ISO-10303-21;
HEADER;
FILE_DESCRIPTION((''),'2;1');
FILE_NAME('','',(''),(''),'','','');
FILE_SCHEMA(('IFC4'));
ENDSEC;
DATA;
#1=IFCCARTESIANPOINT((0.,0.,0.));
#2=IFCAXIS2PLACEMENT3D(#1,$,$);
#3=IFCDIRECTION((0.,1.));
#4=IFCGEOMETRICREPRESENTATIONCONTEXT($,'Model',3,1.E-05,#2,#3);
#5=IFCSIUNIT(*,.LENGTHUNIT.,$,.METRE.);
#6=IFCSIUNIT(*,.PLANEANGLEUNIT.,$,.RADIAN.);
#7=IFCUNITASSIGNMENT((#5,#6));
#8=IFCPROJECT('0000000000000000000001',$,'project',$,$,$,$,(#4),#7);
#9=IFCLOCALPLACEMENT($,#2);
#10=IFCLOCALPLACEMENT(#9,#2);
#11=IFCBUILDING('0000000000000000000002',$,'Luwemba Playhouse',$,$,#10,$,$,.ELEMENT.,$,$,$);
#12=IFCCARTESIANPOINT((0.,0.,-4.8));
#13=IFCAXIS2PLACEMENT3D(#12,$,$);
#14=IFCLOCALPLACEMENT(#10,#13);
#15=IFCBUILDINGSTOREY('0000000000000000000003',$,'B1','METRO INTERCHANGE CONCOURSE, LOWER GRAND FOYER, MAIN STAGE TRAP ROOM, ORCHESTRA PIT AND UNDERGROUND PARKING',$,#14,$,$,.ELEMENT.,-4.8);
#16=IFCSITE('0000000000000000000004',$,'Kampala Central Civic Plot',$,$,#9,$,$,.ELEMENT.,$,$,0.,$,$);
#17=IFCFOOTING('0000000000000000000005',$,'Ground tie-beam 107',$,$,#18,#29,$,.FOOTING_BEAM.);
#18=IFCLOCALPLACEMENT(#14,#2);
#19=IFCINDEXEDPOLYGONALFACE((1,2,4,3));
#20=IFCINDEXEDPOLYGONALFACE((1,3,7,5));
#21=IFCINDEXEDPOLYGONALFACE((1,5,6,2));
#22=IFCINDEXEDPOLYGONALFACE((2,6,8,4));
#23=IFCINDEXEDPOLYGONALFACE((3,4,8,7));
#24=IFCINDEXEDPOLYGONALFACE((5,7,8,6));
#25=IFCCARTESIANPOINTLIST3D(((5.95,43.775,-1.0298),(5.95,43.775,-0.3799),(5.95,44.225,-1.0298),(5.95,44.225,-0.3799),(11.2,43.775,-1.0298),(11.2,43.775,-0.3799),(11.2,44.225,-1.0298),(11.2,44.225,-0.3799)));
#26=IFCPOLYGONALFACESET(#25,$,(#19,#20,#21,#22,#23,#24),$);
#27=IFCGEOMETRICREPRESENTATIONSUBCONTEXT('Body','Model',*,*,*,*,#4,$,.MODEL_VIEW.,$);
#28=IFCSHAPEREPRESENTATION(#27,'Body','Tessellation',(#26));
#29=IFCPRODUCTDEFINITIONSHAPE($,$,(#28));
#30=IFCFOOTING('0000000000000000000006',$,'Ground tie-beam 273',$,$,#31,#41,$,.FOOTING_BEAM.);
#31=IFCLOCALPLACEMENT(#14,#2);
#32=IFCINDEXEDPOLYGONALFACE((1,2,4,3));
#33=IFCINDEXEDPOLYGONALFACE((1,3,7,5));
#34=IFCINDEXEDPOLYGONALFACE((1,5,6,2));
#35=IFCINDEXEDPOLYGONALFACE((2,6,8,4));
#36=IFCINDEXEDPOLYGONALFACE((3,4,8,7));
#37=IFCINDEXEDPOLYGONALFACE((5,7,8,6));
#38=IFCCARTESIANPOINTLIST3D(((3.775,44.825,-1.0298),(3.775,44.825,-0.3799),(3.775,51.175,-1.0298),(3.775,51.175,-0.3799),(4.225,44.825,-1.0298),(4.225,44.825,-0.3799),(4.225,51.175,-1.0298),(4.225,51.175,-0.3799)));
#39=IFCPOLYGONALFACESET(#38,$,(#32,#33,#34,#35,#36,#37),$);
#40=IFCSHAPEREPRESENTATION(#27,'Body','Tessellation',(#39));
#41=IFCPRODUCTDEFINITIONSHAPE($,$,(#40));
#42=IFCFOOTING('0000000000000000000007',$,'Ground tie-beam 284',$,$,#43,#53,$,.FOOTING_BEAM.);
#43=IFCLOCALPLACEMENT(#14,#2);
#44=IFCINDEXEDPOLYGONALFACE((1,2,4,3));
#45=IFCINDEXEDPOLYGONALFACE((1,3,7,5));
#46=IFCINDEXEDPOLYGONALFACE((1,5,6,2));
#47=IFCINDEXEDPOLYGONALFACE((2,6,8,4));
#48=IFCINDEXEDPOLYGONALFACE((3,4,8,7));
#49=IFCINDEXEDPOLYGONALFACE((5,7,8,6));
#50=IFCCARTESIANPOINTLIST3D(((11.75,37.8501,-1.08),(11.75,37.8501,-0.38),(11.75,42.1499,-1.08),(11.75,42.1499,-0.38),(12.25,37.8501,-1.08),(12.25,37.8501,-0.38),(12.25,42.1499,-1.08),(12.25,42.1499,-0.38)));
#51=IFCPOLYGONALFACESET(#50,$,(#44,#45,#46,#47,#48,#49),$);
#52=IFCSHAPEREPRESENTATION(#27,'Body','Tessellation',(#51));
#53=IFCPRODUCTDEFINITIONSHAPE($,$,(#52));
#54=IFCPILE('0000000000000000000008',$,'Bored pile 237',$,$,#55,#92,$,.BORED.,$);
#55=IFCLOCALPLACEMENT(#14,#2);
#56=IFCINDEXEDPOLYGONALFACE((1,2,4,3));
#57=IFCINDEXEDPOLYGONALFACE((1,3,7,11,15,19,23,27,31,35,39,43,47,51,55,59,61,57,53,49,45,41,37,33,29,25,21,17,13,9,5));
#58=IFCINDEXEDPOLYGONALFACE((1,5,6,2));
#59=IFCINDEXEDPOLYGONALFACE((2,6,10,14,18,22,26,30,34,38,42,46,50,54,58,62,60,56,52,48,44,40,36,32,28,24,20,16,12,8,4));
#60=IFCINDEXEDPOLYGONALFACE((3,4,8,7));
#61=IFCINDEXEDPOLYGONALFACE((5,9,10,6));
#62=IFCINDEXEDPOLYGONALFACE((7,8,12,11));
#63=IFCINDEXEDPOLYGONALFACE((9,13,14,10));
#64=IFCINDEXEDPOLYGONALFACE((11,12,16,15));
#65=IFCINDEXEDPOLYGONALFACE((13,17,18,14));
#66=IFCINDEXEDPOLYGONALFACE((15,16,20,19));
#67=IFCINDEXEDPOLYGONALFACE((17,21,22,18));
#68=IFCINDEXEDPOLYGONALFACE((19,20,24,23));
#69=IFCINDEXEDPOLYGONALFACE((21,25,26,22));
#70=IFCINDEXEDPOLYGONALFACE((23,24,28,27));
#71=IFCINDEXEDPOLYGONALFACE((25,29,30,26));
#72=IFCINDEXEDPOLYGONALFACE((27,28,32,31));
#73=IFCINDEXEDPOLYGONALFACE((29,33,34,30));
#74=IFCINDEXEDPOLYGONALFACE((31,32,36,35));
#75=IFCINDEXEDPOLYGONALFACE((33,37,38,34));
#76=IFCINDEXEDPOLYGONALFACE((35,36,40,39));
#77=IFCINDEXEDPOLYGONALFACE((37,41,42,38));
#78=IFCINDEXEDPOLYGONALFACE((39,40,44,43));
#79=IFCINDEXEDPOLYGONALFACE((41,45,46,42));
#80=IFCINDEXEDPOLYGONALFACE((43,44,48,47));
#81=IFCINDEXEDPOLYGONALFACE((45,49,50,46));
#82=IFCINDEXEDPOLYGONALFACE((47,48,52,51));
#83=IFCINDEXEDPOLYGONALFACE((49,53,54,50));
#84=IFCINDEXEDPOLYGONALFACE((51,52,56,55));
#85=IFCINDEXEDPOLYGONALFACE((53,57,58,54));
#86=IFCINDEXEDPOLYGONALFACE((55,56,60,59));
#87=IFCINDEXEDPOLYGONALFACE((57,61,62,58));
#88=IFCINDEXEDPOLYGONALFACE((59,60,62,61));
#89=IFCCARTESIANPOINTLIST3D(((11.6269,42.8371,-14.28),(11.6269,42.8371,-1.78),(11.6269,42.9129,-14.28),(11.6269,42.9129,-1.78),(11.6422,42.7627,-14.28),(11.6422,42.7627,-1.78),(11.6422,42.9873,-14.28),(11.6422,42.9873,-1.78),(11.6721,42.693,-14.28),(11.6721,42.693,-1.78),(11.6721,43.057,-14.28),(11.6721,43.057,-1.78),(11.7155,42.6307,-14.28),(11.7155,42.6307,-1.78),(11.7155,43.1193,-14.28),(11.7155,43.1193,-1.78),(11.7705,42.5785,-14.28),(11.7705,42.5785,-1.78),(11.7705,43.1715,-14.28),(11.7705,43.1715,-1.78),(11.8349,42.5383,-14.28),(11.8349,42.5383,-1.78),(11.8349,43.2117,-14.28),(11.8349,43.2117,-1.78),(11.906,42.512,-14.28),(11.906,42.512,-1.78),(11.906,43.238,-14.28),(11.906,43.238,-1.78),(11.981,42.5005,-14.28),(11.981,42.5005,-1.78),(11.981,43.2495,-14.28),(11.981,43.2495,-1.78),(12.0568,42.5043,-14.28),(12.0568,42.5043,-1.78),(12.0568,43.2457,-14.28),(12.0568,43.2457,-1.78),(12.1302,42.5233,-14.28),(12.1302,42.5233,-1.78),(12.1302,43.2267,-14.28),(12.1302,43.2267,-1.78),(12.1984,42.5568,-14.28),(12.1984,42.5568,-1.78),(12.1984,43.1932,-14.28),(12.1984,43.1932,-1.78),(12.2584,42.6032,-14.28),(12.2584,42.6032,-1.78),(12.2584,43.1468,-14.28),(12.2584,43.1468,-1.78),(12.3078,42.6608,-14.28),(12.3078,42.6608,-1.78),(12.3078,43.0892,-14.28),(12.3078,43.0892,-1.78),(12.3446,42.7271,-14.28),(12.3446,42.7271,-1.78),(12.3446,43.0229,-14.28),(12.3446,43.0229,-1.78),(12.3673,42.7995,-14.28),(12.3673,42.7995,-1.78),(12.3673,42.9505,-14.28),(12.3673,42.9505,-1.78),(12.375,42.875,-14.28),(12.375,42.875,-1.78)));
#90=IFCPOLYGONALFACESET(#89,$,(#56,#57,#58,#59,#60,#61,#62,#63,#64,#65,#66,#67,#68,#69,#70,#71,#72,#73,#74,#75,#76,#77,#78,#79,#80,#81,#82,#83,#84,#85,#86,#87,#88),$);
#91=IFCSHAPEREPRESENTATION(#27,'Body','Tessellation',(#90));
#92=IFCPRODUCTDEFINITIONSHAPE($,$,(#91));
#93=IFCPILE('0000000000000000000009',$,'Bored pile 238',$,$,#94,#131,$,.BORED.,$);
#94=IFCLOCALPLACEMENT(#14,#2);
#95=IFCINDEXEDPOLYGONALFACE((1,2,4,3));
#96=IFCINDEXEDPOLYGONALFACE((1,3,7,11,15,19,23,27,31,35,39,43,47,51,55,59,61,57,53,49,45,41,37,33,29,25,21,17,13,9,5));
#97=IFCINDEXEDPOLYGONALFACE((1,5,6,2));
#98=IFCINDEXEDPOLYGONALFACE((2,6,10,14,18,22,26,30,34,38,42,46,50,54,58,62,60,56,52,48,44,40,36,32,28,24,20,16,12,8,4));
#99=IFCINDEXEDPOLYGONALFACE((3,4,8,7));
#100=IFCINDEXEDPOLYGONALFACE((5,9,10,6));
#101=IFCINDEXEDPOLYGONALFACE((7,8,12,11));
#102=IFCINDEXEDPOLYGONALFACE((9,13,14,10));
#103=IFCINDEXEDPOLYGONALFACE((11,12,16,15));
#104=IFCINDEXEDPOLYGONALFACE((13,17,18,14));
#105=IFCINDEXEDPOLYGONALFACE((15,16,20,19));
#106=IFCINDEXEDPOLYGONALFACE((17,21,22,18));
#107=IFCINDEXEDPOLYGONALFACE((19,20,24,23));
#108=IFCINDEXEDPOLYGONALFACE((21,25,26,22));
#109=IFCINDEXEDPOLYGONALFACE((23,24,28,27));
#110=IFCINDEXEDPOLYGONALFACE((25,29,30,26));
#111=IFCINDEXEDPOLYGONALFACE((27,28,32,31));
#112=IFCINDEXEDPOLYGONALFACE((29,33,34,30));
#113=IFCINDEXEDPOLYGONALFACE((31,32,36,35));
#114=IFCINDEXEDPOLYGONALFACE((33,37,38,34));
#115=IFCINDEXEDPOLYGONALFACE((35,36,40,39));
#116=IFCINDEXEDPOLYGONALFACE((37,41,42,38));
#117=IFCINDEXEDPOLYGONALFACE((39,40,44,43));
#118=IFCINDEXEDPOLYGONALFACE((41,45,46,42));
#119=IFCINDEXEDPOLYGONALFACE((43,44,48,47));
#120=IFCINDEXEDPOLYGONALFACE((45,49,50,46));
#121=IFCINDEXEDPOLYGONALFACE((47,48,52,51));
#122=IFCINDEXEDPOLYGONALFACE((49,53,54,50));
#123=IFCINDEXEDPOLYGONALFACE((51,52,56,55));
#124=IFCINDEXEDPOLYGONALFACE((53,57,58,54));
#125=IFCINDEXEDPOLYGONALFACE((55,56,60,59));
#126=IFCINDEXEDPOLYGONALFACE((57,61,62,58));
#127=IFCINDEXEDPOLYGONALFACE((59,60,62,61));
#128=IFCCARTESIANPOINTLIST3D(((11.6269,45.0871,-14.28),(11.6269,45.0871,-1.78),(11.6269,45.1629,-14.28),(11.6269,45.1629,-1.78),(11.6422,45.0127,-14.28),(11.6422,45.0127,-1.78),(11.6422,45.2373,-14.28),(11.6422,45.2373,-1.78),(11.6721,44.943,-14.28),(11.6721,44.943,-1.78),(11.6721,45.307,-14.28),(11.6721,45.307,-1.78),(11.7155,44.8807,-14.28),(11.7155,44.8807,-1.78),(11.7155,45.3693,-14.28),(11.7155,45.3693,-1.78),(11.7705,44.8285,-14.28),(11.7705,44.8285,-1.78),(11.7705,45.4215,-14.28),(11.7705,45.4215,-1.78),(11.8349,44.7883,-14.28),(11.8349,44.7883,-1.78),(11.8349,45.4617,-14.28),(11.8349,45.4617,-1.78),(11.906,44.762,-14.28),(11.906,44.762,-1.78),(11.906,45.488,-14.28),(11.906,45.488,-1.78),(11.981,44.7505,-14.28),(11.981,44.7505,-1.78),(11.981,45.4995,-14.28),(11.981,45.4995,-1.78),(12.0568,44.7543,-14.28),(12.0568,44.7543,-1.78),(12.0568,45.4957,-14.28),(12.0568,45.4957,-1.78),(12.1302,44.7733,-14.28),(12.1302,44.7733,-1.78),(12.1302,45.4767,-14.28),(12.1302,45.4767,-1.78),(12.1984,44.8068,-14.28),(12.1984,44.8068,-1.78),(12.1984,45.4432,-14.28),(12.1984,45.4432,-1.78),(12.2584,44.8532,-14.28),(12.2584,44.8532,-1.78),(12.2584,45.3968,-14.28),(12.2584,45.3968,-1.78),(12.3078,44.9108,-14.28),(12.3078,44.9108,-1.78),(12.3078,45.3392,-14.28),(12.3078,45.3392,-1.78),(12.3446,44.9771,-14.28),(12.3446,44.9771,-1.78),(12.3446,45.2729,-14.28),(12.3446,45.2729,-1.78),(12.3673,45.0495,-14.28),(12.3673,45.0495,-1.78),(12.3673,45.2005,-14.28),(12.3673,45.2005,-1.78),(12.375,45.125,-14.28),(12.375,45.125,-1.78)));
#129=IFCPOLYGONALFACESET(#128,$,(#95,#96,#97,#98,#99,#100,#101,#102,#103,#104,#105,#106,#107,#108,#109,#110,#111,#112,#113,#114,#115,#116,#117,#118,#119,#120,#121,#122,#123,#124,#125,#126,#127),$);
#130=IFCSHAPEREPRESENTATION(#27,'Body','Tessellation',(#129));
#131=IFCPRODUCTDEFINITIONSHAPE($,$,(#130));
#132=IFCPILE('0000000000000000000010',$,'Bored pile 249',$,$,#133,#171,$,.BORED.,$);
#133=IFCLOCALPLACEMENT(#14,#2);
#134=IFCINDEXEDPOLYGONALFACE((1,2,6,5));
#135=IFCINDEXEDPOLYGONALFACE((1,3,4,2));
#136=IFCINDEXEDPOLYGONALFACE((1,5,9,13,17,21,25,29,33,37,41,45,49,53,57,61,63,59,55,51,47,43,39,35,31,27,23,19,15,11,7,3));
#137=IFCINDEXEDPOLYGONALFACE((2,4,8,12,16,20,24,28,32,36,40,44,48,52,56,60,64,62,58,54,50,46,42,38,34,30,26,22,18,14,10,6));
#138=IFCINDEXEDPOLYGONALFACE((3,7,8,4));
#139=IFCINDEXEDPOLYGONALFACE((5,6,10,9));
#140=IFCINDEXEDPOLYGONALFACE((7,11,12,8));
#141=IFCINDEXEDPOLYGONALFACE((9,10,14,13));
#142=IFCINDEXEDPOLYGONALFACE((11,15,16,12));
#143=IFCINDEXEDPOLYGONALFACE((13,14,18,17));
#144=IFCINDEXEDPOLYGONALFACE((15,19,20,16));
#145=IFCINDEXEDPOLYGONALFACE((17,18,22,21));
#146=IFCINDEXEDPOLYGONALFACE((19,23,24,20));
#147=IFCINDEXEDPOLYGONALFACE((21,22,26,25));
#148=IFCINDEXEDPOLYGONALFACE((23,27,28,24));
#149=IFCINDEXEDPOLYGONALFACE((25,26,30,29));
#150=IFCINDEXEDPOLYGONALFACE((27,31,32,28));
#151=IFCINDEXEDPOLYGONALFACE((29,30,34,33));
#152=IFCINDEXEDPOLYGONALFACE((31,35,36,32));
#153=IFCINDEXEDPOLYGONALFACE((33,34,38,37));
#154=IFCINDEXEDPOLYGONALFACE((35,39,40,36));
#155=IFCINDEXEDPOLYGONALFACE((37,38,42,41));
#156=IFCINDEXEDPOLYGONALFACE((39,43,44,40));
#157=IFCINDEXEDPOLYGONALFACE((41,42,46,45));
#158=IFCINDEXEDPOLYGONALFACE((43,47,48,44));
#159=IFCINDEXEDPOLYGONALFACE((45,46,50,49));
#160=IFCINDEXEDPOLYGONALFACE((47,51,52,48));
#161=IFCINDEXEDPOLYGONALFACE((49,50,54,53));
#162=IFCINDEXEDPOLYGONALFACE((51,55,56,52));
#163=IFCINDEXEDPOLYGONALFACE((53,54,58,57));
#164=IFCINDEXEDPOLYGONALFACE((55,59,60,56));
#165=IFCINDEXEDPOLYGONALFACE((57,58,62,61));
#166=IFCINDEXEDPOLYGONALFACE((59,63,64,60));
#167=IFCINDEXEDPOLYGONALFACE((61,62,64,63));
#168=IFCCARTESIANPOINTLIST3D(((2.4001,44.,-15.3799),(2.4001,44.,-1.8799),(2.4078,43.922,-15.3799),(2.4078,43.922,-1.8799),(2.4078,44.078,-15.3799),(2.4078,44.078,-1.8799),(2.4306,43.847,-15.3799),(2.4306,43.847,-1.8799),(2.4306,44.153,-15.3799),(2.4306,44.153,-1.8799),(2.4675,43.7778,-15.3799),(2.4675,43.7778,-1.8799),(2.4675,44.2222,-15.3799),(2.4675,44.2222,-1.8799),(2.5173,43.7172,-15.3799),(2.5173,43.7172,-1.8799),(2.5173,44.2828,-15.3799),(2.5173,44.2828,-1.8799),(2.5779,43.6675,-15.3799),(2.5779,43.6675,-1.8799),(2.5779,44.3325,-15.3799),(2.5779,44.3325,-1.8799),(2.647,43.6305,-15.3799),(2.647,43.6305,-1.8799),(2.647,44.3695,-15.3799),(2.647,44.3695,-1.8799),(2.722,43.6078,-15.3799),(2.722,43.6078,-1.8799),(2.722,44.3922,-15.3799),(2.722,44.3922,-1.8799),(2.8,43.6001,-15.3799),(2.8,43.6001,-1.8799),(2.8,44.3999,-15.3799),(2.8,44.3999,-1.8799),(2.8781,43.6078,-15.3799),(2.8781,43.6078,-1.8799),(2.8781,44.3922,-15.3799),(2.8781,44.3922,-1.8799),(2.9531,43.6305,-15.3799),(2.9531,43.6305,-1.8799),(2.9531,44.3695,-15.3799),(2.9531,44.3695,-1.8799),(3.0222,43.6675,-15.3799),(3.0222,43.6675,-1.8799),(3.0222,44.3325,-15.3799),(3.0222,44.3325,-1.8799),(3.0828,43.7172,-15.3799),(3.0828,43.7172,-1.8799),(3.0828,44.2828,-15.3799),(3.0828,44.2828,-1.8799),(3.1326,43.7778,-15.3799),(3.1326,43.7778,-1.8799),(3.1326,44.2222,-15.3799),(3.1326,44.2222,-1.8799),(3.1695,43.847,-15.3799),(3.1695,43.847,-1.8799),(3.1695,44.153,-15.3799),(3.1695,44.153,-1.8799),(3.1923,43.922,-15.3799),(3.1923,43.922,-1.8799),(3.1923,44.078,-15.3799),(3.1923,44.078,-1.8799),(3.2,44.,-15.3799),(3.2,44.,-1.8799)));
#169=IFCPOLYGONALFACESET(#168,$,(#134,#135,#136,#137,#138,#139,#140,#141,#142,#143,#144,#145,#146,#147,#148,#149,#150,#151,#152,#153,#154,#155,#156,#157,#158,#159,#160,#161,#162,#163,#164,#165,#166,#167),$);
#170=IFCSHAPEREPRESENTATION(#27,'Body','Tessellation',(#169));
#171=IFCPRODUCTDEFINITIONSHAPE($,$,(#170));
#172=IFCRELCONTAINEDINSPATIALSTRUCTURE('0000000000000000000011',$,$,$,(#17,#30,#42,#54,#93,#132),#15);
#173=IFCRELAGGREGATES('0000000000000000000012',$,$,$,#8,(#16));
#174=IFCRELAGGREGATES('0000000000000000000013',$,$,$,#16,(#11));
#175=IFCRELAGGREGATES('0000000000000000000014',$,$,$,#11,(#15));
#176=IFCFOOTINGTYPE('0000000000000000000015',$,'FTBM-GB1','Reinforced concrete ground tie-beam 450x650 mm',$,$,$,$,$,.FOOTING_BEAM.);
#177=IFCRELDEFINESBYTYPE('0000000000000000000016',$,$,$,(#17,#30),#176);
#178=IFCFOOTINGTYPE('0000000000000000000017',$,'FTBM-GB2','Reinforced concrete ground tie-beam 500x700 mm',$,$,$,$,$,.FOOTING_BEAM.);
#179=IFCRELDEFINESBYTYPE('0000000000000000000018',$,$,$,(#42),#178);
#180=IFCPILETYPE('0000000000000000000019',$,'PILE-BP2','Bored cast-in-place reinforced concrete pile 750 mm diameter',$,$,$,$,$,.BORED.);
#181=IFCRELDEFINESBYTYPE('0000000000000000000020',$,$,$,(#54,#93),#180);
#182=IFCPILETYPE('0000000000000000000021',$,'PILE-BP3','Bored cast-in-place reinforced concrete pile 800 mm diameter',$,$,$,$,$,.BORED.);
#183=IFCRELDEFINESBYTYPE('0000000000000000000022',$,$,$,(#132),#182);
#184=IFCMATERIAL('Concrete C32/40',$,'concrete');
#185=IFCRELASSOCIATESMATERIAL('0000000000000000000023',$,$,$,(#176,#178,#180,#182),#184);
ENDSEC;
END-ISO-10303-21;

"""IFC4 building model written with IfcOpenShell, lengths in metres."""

from ifc_helpers import new_model, si_unit, direction, frame, origin, origin_2d, place, context, subcontext, project, spatial, rectangle, circle, extrude, material, material_profile, profile_set, type_object, element, save


model = new_model("IFC4")

# Units and contexts
model_context = context("Model", 3, precision=1e-05, world=origin(), true_north=direction((0.0, 1.0)))
body_context = subcontext(model_context, "Body", "Model", "MODEL_VIEW")
ifc_project = project(units=[si_unit("LENGTHUNIT", "METRE"), si_unit("PLANEANGLEUNIT", "RADIAN")], contexts=[model_context])

# Site, building, storey
site_placement = place(None, origin())
site = spatial("IfcSite", under=ifc_project, at=site_placement, Name="Kampala Central Civic Plot", CompositionType="ELEMENT", RefElevation=0.0)
building_placement = place(site_placement, origin())
building = spatial("IfcBuilding", under=site, at=building_placement, Name="Luwemba Playhouse", CompositionType="ELEMENT")
storey_placement = place(building_placement, frame((0.0, 0.0, -4.8)))
storey = spatial("IfcBuildingStorey", under=building, at=storey_placement, Name="B1", Description="METRO INTERCHANGE CONCOURSE, LOWER GRAND FOYER, MAIN STAGE TRAP ROOM, ORCHESTRA PIT AND UNDERGROUND PARKING", CompositionType="ELEMENT", Elevation=-4.8)

# Footings
ifc_material_1 = material(Name="Concrete C32/40", Category="concrete")
ifc_material_profile_1 = material_profile(ifc_material_1, rectangle(XDim=0.45, YDim=0.6499, at=origin_2d()))
ifc_profile_set_1 = profile_set([ifc_material_profile_1], Name="Concrete C32/40")
footing_type_1 = type_object("IfcFootingType", Name="FTBM-GB1", Description="Reinforced concrete ground tie-beam 450x650 mm", PredefinedType="FOOTING_BEAM", material=ifc_profile_set_1)
footing_1_placement = place(storey_placement, frame((5.95, 44.0, -0.7048), z_axis=(1.0, 0.0, 0.0), x_axis=(0.0, 1.0, 0.0)))
element("IfcFooting", 1, at=footing_1_placement, inside=storey, type_object=footing_type_1, Name="Ground tie-beam 107", PredefinedType="FOOTING_BEAM", context=body_context, shape_type="SweptSolid", body=[
    extrude(rectangle(XDim=0.45, YDim=0.6499, at=origin_2d()), origin(), (0.0, 0.0, 1.0), 5.25),
])
footing_2_placement = place(storey_placement, frame((4.0, 44.825, -0.7048), z_axis=(0.0, 1.0, 0.0), x_axis=(-1.0, 0.0, 0.0)))
element("IfcFooting", 2, at=footing_2_placement, inside=storey, type_object=footing_type_1, Name="Ground tie-beam 273", PredefinedType="FOOTING_BEAM", context=body_context, shape_type="SweptSolid", body=[
    extrude(rectangle(XDim=0.45, YDim=0.6499, at=origin_2d()), origin(), (0.0, 0.0, 1.0), 6.3501),
])
ifc_material_profile_2 = material_profile(ifc_material_1, rectangle(XDim=0.5, YDim=0.7, at=origin_2d()))
ifc_profile_set_2 = profile_set([ifc_material_profile_2], Name="Concrete C32/40")
footing_type_2 = type_object("IfcFootingType", Name="FTBM-GB2", Description="Reinforced concrete ground tie-beam 500x700 mm", PredefinedType="FOOTING_BEAM", material=ifc_profile_set_2)
footing_3_placement = place(storey_placement, frame((12.0, 37.8501, -0.73), z_axis=(0.0, 1.0, 0.0), x_axis=(-1.0, 0.0, 0.0)))
element("IfcFooting", 3, at=footing_3_placement, inside=storey, type_object=footing_type_2, Name="Ground tie-beam 284", PredefinedType="FOOTING_BEAM", context=body_context, shape_type="SweptSolid", body=[
    extrude(rectangle(XDim=0.5, YDim=0.7, at=origin_2d()), origin(), (0.0, 0.0, 1.0), 4.2998),
])

# Piles
ifc_material_profile_3 = material_profile(ifc_material_1, circle(Radius=0.375, at=origin_2d()))
ifc_profile_set_3 = profile_set([ifc_material_profile_3], Name="Concrete C32/40")
pile_type_1 = type_object("IfcPileType", Name="PILE-BP2", Description="Bored cast-in-place reinforced concrete pile 750 mm diameter", PredefinedType="BORED", material=ifc_profile_set_3)
for number, where, z_axis, x_axis, name in (
    (4, (12.0, 42.875, -1.78), (0.0, 0.0, -1.0), (1.0, 0.0, 0.0), "Bored pile 237"),
    (5, (12.0, 45.125, -1.78), (0.0, 0.0, -1.0), (1.0, 0.0, 0.0), "Bored pile 238"),
):
    element("IfcPile", number, at=place(storey_placement, frame(where, z_axis=z_axis, x_axis=x_axis)), inside=storey, type_object=pile_type_1, Name=name, PredefinedType="BORED", context=body_context, shape_type="SweptSolid", body=[
        extrude(circle(Radius=0.375, at=origin_2d()), origin(), (0.0, 0.0, 1.0), 12.5),
    ])
ifc_material_profile_4 = material_profile(ifc_material_1, circle(Radius=0.3999, at=origin_2d()))
ifc_profile_set_4 = profile_set([ifc_material_profile_4], Name="Concrete C32/40")
pile_type_2 = type_object("IfcPileType", Name="PILE-BP3", Description="Bored cast-in-place reinforced concrete pile 800 mm diameter", PredefinedType="BORED", material=ifc_profile_set_4)
for number, where, z_axis, x_axis, name in (
    (6, (2.8, 44.0, -1.8799), (0.0, 0.0, -1.0), (1.0, 0.0, 0.0), "Bored pile 249"),
):
    element("IfcPile", number, at=place(storey_placement, frame(where, z_axis=z_axis, x_axis=x_axis)), inside=storey, type_object=pile_type_2, Name=name, PredefinedType="BORED", context=body_context, shape_type="SweptSolid", body=[
        extrude(circle(Radius=0.3999, at=origin_2d()), origin(), (0.0, 0.0, 1.0), 13.5),
    ])

save(model, "model.ifc")
